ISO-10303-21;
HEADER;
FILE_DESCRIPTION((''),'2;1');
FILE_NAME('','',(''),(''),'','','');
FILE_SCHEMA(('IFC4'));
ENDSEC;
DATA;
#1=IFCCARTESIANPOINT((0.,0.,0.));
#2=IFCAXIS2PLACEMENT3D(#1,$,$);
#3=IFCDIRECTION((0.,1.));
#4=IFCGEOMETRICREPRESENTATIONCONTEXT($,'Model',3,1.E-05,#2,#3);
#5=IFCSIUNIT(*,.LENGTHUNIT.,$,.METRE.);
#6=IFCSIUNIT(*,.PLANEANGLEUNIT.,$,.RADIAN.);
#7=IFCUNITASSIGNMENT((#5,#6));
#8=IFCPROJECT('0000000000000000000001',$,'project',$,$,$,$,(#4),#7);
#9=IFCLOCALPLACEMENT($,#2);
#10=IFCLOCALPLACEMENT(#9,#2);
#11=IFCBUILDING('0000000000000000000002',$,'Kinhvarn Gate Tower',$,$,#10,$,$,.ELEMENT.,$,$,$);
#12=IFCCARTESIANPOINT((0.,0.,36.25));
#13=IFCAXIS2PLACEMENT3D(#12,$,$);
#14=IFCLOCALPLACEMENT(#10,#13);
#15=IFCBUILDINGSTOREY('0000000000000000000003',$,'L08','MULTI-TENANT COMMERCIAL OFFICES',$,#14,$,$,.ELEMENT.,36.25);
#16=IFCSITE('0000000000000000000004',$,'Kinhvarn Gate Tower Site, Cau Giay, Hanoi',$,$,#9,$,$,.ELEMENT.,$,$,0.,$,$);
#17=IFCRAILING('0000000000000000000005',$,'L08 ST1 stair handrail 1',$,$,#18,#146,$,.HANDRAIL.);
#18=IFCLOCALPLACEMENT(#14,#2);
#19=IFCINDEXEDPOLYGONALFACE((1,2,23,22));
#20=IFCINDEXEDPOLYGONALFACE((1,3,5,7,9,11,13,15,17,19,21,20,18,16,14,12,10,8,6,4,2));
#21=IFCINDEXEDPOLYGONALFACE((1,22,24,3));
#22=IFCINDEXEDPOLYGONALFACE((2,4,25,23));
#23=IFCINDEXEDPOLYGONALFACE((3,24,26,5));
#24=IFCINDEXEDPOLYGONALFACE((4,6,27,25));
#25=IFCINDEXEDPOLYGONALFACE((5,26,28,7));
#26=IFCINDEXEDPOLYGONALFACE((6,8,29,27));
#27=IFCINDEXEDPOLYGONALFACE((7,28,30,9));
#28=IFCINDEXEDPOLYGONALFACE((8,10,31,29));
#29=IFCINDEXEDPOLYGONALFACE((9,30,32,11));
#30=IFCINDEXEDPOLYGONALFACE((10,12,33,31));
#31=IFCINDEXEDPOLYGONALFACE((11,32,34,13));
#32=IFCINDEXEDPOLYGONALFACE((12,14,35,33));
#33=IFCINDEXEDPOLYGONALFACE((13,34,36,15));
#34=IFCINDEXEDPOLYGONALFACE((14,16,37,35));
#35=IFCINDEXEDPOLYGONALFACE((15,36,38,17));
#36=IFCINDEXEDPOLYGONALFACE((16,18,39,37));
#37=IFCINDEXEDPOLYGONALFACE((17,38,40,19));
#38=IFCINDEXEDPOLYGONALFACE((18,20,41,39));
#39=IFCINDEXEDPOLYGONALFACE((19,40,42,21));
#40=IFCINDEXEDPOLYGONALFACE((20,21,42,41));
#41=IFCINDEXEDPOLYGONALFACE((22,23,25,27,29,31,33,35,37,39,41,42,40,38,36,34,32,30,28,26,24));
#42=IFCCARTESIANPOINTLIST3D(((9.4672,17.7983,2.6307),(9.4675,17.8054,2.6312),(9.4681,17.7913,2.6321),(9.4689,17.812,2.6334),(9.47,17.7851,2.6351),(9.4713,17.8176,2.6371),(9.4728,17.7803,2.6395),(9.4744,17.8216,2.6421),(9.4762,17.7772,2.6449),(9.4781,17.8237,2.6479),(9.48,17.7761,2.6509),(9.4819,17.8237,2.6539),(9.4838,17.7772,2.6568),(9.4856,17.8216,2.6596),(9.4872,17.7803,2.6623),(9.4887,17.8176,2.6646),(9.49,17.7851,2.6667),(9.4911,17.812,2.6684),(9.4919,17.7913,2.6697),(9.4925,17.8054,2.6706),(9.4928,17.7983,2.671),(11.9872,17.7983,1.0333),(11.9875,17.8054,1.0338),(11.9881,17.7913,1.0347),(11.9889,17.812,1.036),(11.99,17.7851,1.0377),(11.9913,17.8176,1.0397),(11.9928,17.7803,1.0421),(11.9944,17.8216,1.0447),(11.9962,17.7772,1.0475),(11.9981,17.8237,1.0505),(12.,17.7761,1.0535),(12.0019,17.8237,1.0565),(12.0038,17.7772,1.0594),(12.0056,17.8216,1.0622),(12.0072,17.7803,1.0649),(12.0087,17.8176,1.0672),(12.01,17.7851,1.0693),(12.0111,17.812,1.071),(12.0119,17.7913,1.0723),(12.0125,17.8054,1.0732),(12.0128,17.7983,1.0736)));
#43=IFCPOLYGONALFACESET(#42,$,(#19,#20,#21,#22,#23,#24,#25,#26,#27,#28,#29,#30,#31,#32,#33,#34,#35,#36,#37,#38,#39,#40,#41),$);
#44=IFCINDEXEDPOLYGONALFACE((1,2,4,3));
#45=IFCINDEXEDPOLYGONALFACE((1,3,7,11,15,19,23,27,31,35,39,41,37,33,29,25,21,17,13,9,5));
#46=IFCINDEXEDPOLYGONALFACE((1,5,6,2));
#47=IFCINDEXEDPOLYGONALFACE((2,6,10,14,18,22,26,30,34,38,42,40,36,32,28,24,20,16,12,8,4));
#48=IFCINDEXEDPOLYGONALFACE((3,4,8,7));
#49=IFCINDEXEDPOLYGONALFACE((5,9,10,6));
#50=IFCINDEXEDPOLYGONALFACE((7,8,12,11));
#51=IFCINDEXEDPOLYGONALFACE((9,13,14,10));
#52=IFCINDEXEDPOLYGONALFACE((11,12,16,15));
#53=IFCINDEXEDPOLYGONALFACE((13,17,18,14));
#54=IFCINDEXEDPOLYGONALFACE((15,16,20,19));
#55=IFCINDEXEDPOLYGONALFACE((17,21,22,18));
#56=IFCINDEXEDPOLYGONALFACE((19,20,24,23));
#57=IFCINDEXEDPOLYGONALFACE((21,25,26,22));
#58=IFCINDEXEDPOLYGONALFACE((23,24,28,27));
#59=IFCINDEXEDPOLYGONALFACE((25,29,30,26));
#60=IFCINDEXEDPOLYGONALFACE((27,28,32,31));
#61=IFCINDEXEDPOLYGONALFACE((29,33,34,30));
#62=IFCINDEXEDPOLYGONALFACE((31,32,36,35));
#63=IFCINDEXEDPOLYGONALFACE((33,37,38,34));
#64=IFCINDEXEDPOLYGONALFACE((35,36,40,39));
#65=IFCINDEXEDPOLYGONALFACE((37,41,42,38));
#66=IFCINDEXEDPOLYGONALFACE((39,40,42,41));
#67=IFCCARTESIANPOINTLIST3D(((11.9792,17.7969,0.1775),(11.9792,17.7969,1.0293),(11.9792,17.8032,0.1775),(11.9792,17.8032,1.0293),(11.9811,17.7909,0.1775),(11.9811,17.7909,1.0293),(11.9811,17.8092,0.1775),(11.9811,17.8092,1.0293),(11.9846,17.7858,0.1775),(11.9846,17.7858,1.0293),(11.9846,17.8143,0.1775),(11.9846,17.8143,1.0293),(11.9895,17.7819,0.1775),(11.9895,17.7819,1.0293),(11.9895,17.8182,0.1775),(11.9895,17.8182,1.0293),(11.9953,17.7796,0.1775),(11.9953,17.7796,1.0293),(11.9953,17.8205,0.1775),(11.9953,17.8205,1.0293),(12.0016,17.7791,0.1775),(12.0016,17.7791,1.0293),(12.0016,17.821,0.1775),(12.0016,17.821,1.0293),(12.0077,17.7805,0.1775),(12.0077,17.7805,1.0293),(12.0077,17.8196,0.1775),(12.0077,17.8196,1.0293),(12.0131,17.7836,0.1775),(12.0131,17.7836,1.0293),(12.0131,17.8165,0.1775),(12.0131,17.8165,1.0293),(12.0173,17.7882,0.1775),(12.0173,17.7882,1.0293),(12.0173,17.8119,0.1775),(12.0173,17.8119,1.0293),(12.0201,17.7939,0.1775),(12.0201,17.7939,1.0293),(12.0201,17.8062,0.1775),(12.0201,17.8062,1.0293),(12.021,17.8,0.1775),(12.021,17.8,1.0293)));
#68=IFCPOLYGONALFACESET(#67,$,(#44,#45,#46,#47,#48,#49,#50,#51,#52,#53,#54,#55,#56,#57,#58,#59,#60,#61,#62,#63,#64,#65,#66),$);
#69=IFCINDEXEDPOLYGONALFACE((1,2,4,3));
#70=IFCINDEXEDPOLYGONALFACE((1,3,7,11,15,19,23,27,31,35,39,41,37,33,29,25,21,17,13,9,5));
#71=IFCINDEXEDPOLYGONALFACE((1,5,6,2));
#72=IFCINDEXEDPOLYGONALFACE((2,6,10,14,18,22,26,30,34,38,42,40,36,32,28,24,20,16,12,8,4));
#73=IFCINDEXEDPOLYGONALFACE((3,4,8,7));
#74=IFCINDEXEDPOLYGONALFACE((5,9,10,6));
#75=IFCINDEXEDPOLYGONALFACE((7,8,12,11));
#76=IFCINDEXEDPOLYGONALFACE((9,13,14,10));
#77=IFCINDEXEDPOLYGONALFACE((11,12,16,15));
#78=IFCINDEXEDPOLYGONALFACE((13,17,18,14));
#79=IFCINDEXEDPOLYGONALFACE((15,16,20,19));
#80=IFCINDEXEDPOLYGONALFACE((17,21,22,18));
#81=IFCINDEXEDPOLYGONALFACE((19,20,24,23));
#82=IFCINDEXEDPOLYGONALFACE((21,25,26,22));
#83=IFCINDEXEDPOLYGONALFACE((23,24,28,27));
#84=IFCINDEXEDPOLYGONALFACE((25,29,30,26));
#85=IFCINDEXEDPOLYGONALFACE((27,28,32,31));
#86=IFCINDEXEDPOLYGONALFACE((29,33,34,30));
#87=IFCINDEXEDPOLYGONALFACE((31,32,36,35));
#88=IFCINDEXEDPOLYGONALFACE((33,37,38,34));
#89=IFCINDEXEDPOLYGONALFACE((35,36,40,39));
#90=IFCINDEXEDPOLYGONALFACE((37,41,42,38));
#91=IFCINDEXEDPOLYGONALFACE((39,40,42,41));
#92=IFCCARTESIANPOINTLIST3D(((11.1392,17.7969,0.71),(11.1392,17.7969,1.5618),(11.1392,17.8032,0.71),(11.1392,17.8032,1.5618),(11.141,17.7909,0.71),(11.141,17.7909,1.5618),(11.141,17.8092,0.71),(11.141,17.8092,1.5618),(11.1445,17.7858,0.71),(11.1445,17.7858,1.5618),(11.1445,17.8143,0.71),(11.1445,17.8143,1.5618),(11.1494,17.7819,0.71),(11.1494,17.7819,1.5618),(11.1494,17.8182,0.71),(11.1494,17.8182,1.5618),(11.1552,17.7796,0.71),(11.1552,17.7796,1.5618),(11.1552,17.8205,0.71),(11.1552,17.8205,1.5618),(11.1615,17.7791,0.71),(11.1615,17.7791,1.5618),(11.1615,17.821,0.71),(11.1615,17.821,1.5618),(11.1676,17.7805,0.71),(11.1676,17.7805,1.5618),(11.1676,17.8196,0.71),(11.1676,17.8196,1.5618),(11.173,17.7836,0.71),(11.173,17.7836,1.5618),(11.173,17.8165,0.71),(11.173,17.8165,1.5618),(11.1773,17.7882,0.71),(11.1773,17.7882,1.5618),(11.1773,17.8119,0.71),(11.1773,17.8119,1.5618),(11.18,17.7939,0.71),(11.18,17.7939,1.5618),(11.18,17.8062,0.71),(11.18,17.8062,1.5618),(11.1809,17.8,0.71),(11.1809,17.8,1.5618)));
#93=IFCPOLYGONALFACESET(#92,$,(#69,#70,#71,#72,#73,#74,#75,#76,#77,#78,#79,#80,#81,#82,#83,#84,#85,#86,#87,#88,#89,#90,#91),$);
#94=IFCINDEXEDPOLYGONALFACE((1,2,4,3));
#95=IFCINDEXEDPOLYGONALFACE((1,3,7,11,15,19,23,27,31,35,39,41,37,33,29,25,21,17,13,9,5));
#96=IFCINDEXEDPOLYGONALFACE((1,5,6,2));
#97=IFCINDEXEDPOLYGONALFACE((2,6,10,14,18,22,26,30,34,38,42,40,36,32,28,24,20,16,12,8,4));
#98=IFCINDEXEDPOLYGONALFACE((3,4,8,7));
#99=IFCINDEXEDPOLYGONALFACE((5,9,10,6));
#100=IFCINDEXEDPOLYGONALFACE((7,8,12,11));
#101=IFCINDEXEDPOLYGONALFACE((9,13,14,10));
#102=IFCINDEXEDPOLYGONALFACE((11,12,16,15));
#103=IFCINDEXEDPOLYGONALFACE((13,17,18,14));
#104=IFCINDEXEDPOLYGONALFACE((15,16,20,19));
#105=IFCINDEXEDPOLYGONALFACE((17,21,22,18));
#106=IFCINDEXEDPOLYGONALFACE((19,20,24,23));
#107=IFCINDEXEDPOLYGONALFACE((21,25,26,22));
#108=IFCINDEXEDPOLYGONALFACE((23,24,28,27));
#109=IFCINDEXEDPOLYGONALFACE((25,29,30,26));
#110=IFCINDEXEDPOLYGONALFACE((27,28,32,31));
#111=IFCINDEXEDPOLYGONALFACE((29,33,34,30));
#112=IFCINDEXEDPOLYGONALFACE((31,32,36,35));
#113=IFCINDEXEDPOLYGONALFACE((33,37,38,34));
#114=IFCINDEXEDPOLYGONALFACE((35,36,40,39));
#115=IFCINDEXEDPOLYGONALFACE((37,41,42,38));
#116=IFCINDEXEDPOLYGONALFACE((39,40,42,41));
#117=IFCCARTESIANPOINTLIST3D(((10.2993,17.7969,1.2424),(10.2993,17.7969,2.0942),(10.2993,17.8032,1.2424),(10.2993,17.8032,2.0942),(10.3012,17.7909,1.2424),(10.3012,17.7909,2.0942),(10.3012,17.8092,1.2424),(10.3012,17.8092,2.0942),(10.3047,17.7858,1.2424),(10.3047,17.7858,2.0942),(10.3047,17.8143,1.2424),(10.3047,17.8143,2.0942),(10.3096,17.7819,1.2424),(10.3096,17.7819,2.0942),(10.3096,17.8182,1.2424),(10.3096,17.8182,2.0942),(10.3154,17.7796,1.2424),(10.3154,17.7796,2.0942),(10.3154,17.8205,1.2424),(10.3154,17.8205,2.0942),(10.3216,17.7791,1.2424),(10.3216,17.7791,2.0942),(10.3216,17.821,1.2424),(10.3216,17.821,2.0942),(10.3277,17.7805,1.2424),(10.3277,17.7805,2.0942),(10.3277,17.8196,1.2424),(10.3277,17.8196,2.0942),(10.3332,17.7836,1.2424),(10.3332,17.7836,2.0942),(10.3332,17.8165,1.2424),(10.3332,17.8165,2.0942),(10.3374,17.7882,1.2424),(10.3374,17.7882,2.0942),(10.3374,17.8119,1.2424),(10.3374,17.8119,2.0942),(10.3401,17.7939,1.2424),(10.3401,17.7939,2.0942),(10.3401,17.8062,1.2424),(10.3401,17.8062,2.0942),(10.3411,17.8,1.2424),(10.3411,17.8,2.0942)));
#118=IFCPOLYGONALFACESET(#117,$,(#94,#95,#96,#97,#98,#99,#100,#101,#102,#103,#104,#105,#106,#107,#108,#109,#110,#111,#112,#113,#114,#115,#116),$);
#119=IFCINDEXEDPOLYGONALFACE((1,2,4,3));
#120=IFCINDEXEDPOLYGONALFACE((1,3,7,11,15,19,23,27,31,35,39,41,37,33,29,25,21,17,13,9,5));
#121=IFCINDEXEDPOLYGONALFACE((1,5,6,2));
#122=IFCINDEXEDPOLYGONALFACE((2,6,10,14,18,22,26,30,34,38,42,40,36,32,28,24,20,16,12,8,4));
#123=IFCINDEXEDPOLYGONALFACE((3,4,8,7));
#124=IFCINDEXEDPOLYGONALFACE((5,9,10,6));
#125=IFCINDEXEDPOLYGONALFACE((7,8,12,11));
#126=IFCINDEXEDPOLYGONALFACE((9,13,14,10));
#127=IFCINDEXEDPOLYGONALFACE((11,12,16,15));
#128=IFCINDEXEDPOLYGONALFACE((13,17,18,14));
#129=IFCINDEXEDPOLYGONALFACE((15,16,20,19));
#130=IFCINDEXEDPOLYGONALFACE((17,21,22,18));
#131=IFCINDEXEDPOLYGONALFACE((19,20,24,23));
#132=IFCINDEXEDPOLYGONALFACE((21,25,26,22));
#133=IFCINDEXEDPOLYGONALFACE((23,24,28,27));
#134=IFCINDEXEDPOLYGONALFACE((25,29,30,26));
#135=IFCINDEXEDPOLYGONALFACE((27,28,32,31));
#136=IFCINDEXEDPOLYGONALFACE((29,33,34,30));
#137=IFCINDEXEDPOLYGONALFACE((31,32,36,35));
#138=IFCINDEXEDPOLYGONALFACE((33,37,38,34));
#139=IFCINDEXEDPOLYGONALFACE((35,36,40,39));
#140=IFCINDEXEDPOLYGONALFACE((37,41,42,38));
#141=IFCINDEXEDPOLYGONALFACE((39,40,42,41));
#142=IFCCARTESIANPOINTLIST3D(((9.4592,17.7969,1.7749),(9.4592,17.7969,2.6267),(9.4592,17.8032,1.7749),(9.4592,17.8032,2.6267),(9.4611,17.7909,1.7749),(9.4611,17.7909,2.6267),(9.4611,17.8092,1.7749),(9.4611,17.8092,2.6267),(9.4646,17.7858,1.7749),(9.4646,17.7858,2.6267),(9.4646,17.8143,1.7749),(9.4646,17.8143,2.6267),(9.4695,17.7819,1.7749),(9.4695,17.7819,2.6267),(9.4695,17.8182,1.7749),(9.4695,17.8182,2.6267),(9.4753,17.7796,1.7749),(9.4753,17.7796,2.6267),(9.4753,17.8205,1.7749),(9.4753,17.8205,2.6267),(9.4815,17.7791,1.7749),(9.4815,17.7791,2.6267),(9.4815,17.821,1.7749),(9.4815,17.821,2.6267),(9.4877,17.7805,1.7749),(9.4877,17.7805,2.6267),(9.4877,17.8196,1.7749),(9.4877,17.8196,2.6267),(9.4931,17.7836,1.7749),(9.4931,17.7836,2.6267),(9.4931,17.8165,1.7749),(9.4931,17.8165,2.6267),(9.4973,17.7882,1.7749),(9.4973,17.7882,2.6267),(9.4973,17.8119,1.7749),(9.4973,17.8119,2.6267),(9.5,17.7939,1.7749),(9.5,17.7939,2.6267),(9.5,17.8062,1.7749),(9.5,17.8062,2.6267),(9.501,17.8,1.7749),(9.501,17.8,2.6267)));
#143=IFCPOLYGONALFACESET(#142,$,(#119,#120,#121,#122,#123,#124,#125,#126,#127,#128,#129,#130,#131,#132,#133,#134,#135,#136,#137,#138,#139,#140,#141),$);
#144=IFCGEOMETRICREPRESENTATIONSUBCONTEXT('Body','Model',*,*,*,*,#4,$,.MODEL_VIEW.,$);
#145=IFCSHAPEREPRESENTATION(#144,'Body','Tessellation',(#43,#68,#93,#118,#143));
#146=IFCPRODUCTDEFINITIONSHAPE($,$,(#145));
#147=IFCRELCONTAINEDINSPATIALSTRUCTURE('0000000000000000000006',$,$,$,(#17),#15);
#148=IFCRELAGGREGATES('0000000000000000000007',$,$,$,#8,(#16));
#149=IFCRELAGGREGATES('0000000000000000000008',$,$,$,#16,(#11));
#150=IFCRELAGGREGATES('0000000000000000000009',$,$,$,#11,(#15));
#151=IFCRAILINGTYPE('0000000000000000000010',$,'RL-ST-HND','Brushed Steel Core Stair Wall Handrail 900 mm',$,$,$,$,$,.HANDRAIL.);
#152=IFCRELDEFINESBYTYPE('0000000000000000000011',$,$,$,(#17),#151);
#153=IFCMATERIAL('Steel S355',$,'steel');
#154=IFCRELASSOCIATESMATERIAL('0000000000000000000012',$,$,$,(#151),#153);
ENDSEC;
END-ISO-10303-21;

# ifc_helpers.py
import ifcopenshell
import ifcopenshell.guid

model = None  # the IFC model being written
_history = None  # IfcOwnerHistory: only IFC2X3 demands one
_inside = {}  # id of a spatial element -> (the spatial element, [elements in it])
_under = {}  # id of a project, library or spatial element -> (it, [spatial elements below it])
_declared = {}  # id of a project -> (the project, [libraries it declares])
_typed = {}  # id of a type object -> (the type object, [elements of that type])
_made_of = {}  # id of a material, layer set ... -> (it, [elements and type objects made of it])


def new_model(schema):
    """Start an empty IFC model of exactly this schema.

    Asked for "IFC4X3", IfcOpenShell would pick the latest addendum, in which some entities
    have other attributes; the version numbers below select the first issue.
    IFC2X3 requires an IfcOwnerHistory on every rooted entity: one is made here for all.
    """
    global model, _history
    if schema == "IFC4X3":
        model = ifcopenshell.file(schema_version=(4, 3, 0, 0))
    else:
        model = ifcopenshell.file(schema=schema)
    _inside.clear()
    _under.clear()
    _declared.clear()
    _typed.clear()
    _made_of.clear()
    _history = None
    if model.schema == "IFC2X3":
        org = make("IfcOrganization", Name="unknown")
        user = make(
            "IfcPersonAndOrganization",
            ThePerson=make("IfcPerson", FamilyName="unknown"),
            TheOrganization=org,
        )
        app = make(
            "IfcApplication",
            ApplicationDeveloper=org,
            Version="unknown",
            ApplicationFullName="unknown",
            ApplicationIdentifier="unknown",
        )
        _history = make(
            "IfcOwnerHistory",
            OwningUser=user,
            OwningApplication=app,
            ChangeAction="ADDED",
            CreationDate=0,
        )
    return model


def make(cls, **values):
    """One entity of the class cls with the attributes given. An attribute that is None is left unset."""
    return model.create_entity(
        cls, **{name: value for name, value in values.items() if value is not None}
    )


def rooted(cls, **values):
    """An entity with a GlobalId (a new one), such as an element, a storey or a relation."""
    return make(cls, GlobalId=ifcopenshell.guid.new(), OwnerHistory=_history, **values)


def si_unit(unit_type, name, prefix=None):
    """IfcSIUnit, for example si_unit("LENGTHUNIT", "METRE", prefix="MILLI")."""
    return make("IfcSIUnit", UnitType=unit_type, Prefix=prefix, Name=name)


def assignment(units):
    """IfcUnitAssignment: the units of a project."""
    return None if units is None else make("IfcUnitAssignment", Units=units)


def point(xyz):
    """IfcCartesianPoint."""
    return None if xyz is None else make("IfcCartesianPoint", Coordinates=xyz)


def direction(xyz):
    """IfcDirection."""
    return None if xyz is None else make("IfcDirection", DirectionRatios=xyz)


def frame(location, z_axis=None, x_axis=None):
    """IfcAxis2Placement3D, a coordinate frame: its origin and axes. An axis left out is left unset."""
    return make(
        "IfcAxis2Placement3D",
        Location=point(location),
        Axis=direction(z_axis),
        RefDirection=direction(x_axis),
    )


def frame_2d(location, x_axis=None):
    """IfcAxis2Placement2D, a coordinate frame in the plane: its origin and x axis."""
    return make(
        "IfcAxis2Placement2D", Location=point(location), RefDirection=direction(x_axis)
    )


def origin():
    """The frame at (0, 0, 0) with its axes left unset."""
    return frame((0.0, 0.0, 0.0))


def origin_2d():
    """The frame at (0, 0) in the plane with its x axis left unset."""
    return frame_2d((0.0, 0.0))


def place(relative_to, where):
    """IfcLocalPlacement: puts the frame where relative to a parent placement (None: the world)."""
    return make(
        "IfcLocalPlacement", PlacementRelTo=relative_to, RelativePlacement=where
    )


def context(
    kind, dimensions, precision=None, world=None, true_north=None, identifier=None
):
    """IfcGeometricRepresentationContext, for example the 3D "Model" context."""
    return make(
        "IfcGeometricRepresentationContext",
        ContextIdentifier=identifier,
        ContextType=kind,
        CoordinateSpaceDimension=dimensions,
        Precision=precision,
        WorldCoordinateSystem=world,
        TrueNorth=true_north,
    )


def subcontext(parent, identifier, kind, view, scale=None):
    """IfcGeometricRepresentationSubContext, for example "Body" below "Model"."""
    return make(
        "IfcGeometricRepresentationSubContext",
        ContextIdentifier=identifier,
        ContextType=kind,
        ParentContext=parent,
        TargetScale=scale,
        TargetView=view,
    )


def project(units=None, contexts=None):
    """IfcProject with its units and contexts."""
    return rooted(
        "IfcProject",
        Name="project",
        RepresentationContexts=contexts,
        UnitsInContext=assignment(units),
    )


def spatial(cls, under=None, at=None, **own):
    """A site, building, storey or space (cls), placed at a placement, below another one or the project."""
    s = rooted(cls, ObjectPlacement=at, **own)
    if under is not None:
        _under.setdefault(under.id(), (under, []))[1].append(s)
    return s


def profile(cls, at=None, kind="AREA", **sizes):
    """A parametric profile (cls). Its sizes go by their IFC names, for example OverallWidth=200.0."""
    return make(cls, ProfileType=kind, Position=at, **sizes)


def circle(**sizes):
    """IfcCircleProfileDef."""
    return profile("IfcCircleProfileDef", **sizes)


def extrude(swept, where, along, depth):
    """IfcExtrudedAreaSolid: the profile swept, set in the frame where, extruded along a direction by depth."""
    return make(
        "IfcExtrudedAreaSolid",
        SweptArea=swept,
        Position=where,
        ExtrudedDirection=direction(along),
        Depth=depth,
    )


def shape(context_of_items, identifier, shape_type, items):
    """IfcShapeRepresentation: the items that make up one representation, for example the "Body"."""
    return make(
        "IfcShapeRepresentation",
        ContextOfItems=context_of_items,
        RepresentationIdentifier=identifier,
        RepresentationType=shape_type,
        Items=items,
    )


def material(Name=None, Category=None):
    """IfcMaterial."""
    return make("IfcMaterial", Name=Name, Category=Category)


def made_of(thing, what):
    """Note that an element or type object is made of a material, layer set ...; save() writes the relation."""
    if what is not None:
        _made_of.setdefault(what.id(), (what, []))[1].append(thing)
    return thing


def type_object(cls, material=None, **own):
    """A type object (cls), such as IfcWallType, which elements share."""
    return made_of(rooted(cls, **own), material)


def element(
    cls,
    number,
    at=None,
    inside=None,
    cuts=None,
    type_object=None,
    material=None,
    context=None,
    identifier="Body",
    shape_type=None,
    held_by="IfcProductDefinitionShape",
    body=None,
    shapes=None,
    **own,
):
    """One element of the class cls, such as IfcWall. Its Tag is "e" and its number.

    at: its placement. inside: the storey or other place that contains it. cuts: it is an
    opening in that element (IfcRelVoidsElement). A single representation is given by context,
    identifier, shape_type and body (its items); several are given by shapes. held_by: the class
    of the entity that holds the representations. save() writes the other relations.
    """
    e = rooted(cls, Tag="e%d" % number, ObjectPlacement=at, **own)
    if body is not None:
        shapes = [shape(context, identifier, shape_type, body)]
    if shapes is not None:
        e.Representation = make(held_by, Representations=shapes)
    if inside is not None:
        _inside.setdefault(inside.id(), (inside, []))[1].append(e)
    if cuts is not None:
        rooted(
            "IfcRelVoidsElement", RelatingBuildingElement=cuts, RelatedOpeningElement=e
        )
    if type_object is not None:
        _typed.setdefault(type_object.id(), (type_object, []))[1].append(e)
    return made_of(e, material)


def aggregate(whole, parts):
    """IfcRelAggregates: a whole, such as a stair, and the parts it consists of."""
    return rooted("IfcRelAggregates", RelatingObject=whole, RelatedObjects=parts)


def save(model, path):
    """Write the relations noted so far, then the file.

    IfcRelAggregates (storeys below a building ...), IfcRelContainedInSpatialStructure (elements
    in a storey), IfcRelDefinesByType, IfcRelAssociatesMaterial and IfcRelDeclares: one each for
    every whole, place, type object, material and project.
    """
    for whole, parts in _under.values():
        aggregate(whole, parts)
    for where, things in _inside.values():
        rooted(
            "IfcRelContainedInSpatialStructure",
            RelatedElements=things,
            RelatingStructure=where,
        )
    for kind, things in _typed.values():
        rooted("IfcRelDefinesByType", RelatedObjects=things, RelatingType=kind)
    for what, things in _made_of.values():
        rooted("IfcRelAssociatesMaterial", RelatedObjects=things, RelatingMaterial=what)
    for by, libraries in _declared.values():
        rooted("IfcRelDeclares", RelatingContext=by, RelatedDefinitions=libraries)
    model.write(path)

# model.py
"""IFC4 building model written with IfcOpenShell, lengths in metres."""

from ifc_helpers import new_model, si_unit, direction, frame, origin, origin_2d, place, context, subcontext, project, spatial, circle, extrude, material, type_object, element, save


model = new_model("IFC4")

# Units and contexts
model_context = context("Model", 3, precision=1e-05, world=origin(), true_north=direction((0.0, 1.0)))
body_context = subcontext(model_context, "Body", "Model", "MODEL_VIEW")
ifc_project = project(units=[si_unit("LENGTHUNIT", "METRE"), si_unit("PLANEANGLEUNIT", "RADIAN")], contexts=[model_context])

# Site, building, storey
site_placement = place(None, origin())
site = spatial("IfcSite", under=ifc_project, at=site_placement, Name="Kinhvarn Gate Tower Site, Cau Giay, Hanoi", CompositionType="ELEMENT", RefElevation=0.0)
building_placement = place(site_placement, origin())
building = spatial("IfcBuilding", under=site, at=building_placement, Name="Kinhvarn Gate Tower", CompositionType="ELEMENT")
storey_placement = place(building_placement, frame((0.0, 0.0, 36.25)))
storey = spatial("IfcBuildingStorey", under=building, at=storey_placement, Name="L08", Description="MULTI-TENANT COMMERCIAL OFFICES", CompositionType="ELEMENT", Elevation=36.25)

# Shared definitions
ifc_material_1 = material(Name="Steel S355", Category="steel")

# Railing
railing_type_1 = type_object("IfcRailingType", Name="RL-ST-HND", Description="Brushed Steel Core Stair Wall Handrail 900 mm", PredefinedType="HANDRAIL", material=ifc_material_1)
railing_1_placement = place(storey_placement, frame((12.0, 17.8, 0.1775)))
element("IfcRailing", 1, at=railing_1_placement, inside=storey, type_object=railing_type_1, Name="L08 ST1 stair handrail 1", PredefinedType="HANDRAIL", context=body_context, shape_type="SweptSolid", body=[
    extrude(circle(Radius=0.0239, at=origin_2d()), frame((0.0, 0.0, 0.876), z_axis=(-0.844607, 0.0, 0.535387), x_axis=(0.0, -1.0, 0.0)), (0.0, 0.0, 1.0), 2.9836),
    extrude(circle(Radius=0.021, at=origin_2d()), origin(), (0.0, 0.0, 1.0), 0.8518),
    extrude(circle(Radius=0.021, at=origin_2d()), frame((-0.8401, 0.0, 0.5325)), (0.0, 0.0, 1.0), 0.8518),
    extrude(circle(Radius=0.021, at=origin_2d()), frame((-1.6799, 0.0, 1.0649)), (0.0, 0.0, 1.0), 0.8518),
    extrude(circle(Radius=0.021, at=origin_2d()), frame((-2.52, 0.0, 1.5974)), (0.0, 0.0, 1.0), 0.8518),
])

save(model, "model.ifc")
